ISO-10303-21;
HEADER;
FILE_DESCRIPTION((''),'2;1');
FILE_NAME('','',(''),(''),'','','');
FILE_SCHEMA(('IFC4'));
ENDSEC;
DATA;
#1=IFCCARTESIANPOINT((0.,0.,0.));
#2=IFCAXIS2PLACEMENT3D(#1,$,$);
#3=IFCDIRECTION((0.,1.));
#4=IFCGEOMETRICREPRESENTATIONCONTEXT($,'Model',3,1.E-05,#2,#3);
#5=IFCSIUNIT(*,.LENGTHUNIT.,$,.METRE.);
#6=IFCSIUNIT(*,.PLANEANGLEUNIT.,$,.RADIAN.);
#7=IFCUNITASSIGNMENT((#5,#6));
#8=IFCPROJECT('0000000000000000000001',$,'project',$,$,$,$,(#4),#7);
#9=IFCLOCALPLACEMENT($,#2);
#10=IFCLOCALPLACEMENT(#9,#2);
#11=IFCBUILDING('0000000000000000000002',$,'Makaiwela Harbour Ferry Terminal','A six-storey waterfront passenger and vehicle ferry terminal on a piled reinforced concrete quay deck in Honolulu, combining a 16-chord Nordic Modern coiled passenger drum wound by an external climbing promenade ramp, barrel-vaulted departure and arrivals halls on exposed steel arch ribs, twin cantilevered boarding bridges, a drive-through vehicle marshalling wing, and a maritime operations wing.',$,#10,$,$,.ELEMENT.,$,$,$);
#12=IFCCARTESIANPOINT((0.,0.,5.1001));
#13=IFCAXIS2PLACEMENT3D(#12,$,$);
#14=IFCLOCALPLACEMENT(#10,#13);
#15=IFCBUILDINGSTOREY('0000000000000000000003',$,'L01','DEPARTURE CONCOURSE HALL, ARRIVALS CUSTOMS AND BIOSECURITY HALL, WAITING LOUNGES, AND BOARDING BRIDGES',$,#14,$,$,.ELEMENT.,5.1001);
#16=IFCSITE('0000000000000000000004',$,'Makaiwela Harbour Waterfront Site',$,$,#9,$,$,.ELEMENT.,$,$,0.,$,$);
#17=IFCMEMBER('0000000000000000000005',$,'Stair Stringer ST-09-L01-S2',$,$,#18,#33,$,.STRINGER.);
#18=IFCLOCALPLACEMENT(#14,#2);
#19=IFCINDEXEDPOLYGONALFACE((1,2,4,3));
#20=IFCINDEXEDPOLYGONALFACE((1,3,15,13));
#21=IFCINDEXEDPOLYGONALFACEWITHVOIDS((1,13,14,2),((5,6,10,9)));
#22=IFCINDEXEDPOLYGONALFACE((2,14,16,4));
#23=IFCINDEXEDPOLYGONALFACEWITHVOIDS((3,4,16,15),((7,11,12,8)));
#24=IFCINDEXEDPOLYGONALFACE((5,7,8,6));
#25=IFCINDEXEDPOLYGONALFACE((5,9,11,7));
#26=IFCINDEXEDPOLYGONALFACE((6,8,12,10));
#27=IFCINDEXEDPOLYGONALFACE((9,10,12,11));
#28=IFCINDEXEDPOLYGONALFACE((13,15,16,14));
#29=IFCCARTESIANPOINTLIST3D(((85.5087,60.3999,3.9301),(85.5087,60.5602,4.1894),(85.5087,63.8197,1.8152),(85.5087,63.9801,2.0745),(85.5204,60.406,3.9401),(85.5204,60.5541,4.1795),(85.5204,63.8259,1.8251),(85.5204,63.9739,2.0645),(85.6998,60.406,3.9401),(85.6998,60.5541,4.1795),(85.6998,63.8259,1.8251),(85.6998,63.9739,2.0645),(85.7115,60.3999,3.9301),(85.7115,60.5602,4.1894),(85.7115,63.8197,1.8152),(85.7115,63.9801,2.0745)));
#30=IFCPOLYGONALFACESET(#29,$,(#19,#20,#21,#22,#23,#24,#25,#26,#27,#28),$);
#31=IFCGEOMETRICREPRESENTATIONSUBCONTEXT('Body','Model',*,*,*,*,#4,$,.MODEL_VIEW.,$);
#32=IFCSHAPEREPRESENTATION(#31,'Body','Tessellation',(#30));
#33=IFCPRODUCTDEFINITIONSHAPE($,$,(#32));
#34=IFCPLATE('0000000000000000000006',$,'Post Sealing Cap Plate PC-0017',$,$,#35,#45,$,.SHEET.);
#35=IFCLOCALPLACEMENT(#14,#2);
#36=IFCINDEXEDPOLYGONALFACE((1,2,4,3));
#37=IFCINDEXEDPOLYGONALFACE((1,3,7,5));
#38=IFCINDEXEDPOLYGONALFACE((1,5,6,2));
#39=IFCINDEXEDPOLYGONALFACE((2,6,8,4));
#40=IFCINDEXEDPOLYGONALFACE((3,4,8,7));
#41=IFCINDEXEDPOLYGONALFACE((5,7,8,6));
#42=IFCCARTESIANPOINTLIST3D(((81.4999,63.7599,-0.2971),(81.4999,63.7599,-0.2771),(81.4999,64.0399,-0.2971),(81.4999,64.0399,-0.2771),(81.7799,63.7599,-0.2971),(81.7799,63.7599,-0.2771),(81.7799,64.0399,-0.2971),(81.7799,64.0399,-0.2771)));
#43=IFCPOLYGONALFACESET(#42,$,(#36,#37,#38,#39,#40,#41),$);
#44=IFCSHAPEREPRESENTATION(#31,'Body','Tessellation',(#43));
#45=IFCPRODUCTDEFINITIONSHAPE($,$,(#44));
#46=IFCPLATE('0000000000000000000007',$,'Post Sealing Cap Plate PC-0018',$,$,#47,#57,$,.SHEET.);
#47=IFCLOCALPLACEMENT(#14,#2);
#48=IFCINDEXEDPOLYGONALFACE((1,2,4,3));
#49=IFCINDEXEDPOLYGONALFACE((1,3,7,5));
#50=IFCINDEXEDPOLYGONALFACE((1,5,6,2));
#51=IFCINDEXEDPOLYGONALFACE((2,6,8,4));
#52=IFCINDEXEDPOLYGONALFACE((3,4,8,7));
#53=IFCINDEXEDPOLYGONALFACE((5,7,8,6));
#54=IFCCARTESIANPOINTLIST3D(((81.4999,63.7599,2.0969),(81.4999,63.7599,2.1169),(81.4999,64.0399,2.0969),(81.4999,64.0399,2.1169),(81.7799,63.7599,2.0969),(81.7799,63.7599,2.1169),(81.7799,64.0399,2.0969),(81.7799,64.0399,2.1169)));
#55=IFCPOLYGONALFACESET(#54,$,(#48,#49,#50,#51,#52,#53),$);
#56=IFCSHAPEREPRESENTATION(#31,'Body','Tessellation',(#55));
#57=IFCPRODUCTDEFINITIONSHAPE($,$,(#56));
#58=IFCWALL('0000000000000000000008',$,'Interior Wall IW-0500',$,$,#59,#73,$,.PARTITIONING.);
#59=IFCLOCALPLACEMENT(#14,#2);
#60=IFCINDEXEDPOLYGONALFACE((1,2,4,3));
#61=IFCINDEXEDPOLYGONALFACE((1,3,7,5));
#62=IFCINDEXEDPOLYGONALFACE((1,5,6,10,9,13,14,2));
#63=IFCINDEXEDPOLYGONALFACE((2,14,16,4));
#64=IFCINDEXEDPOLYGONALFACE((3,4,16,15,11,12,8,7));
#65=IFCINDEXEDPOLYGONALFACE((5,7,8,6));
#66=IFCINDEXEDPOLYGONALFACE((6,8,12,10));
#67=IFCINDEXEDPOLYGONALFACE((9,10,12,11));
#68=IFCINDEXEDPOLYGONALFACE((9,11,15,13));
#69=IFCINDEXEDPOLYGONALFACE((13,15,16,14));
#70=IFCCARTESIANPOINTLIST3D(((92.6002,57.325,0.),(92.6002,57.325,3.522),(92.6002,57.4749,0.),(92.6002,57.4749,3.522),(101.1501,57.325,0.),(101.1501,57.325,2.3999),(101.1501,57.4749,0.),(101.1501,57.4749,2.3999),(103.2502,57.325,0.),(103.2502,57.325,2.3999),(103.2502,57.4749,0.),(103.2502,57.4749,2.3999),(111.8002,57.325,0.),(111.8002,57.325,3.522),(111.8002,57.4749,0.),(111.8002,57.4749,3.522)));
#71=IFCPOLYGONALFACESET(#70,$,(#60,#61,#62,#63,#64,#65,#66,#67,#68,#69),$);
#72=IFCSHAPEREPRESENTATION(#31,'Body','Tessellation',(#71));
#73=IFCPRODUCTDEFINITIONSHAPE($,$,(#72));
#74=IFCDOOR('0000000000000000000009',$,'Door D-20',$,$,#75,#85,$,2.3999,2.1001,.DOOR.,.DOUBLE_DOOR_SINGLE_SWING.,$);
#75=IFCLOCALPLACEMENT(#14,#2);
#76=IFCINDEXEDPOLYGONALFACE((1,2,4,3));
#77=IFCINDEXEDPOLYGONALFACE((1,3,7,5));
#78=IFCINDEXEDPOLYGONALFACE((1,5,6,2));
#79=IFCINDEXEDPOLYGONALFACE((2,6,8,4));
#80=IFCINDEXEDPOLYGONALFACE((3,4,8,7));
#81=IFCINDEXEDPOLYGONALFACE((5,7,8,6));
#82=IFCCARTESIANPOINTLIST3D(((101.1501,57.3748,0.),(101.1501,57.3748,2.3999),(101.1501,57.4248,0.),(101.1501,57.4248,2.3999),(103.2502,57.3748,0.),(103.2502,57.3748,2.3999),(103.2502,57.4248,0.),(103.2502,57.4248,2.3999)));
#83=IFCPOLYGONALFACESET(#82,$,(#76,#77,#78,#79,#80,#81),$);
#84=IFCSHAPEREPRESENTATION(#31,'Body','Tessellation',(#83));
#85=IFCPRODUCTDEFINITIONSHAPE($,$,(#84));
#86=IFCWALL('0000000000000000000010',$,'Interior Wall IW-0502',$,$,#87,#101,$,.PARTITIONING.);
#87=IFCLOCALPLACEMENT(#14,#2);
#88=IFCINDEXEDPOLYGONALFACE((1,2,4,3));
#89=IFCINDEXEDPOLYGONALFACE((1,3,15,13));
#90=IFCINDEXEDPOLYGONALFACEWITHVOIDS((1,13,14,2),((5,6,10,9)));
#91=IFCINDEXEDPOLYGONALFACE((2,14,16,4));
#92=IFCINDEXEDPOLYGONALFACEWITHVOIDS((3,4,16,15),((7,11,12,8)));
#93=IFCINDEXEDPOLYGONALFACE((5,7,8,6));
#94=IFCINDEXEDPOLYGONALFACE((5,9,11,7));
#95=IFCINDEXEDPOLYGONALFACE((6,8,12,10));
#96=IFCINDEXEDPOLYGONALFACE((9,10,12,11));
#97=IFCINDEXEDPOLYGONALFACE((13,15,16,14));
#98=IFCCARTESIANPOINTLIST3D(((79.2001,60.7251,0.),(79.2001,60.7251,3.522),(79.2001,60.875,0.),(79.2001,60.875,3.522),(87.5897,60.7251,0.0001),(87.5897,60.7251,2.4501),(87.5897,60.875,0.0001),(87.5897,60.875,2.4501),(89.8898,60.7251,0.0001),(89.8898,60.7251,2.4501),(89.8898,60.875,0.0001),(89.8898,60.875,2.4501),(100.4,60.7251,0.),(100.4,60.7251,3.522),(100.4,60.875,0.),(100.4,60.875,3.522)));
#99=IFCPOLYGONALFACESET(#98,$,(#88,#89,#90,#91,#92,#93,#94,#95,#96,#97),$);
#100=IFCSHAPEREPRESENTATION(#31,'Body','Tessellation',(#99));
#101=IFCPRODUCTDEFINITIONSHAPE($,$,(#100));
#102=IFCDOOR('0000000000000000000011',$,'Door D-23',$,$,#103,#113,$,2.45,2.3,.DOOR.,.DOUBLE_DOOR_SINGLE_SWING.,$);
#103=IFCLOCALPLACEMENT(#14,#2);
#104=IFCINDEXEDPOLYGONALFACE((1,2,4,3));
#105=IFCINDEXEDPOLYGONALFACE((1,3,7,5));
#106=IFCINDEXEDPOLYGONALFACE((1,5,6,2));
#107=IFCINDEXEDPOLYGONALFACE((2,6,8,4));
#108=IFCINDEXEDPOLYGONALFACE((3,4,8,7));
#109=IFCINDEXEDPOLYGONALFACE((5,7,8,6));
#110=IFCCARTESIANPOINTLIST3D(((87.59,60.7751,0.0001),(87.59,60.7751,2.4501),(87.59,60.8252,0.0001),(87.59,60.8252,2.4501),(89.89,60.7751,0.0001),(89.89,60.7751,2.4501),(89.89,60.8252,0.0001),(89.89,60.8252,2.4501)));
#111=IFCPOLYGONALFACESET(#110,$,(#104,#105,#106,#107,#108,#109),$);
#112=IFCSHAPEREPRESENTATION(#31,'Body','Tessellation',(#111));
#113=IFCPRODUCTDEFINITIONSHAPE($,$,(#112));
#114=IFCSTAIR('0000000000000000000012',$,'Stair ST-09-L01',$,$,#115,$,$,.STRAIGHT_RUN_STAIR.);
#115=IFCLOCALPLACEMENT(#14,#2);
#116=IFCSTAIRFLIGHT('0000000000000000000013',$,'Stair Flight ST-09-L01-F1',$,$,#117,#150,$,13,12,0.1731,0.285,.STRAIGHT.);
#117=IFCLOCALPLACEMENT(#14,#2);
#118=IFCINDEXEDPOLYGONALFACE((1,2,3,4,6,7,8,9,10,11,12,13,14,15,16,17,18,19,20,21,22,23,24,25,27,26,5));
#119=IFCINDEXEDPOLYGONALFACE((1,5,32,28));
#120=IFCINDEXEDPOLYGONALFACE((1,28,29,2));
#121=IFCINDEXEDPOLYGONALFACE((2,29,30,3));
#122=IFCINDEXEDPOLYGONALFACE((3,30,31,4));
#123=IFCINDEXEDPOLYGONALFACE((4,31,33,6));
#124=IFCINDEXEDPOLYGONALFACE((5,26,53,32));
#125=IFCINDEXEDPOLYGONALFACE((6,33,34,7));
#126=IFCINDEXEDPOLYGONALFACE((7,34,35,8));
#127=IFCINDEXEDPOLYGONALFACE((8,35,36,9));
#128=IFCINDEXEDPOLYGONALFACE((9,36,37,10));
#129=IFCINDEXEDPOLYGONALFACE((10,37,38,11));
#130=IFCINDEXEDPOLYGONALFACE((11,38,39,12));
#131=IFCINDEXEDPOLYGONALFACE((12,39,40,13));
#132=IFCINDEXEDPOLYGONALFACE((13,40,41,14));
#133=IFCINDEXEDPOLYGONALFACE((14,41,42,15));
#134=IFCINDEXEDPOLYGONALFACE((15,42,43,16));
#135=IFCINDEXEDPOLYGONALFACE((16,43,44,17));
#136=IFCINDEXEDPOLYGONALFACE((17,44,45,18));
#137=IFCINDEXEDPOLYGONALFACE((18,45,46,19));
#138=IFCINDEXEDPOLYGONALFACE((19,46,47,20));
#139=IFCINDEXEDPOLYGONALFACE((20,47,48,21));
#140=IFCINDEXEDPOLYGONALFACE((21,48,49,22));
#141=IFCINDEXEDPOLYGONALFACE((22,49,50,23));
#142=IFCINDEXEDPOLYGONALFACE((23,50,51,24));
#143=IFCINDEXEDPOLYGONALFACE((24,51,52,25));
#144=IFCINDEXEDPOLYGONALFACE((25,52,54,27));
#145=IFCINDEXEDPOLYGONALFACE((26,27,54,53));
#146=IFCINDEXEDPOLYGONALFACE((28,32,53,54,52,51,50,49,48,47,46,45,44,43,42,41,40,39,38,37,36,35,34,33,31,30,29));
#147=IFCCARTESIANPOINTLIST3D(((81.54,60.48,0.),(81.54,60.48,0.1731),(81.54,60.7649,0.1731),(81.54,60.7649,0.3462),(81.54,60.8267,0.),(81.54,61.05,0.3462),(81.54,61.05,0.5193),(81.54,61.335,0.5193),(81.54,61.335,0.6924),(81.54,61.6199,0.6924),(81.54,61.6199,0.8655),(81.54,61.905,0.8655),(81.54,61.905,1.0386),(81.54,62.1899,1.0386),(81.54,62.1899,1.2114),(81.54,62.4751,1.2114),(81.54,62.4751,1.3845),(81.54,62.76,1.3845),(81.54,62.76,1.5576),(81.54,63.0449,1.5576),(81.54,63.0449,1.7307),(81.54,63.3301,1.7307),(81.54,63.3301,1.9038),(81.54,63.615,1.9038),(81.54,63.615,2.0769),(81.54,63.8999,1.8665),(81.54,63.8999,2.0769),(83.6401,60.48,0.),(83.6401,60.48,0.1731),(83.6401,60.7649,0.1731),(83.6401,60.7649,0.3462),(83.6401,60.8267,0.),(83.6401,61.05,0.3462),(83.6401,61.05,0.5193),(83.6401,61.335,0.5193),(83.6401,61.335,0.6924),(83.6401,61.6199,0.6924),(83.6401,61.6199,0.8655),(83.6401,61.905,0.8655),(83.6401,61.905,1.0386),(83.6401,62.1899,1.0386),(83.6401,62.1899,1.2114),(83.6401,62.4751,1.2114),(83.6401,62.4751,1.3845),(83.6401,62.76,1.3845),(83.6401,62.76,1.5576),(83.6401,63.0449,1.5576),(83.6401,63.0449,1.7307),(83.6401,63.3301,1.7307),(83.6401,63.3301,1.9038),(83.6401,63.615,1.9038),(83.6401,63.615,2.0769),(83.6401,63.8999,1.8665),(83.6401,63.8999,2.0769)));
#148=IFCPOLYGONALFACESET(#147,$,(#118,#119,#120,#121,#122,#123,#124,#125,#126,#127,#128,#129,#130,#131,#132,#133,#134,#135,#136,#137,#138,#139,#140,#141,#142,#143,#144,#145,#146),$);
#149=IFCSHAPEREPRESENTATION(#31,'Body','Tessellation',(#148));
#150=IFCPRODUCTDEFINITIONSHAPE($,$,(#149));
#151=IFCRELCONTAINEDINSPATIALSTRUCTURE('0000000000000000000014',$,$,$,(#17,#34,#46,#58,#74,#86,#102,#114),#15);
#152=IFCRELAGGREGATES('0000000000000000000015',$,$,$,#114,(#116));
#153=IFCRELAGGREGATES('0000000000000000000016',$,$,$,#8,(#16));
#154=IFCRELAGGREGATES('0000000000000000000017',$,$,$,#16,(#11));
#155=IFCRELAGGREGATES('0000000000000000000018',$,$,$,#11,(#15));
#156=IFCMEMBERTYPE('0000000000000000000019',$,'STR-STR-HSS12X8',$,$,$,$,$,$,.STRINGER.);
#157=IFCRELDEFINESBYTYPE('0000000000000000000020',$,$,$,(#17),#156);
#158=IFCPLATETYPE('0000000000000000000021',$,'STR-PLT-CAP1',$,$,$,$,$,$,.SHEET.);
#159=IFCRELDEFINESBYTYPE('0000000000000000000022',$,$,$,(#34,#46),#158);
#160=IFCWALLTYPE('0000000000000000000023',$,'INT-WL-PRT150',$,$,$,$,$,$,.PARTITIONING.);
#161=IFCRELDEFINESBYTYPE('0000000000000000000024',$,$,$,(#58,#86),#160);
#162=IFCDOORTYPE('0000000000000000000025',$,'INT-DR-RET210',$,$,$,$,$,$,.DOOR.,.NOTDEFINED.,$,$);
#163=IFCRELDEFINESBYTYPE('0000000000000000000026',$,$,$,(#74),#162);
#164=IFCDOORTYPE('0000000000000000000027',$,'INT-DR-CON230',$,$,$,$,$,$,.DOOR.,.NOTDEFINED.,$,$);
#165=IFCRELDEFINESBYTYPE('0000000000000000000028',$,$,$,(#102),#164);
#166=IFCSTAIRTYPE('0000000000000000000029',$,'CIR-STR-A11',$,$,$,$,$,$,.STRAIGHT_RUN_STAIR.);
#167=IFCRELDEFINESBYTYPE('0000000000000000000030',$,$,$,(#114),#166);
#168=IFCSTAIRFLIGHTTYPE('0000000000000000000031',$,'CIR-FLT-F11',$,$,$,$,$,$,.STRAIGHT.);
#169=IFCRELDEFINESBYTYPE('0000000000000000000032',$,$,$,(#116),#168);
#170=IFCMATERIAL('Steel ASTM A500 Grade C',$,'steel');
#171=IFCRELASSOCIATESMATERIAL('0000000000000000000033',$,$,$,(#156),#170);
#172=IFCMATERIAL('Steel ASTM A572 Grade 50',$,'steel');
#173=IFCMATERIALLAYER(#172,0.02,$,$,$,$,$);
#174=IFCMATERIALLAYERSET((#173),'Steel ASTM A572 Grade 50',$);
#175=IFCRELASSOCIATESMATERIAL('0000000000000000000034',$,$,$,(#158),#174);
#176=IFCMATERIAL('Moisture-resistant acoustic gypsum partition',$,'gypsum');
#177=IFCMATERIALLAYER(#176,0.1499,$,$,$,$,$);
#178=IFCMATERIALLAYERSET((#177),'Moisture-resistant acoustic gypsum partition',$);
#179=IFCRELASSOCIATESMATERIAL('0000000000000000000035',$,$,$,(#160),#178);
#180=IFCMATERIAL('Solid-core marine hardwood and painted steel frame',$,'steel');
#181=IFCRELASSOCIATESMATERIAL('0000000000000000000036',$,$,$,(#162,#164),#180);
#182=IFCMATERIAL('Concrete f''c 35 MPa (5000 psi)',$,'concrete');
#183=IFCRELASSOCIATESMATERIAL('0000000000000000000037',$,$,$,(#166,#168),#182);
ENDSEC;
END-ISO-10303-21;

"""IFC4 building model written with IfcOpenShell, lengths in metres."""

from ifc_helpers import new_model, si_unit, direction, frame, frame_2d, origin, origin_2d, place, context, subcontext, project, spatial, polyline, rectangle, hollow_rectangle, outline, extrude, material, layer, layer_set, material_profile, profile_set, type_object, element, fill, aggregate, save


model = new_model("IFC4")

# Units and contexts
model_context = context("Model", 3, precision=1e-05, world=origin(), true_north=direction((0.0, 1.0)))
body_context = subcontext(model_context, "Body", "Model", "MODEL_VIEW")
ifc_project = project(units=[si_unit("LENGTHUNIT", "METRE"), si_unit("PLANEANGLEUNIT", "RADIAN")], contexts=[model_context])

# Site, building, storey
site_placement = place(None, origin())
site = spatial("IfcSite", under=ifc_project, at=site_placement, Name="Makaiwela Harbour Waterfront Site", CompositionType="ELEMENT", RefElevation=0.0)
building_placement = place(site_placement, origin())
building = spatial("IfcBuilding", under=site, at=building_placement, Name="Makaiwela Harbour Ferry Terminal", Description="A six-storey waterfront passenger and vehicle ferry terminal on a piled reinforced concrete quay deck in Honolulu, combining a 16-chord Nordic Modern coiled passenger drum wound by an external climbing promenade ramp, barrel-vaulted departure and arrivals halls on exposed steel arch ribs, twin cantilevered boarding bridges, a drive-through vehicle marshalling wing, and a maritime operations wing.", CompositionType="ELEMENT")
storey_placement = place(building_placement, frame((0.0, 0.0, 5.1001)))
storey = spatial("IfcBuildingStorey", under=building, at=storey_placement, Name="L01", Description="DEPARTURE CONCOURSE HALL, ARRIVALS CUSTOMS AND BIOSECURITY HALL, WAITING LOUNGES, AND BOARDING BRIDGES", CompositionType="ELEMENT", Elevation=5.1001)

# Member
ifc_material_1 = material(Name="Steel ASTM A500 Grade C", Category="steel")
ifc_material_profile_1 = material_profile(ifc_material_1, hollow_rectangle(XDim=0.2029, YDim=0.3049, WallThickness=0.0117, at=origin_2d()), Name="HSS12X8X1/2")
ifc_profile_set_1 = profile_set([ifc_material_profile_1], Name="Steel ASTM A500 Grade C")
member_type_1 = type_object("IfcMemberType", Name="STR-STR-HSS12X8", PredefinedType="STRINGER", material=ifc_profile_set_1)
member_1_placement = place(storey_placement, frame((85.6101, 63.8999, 1.9448), z_axis=(0.0, -0.850499, 0.525976), x_axis=(1.0, 0.0, 0.0)))
element("IfcMember", 1, at=member_1_placement, inside=storey, type_object=member_type_1, Name="Stair Stringer ST-09-L01-S2", PredefinedType="STRINGER", context=body_context, shape_type="SweptSolid", body=[
    extrude(hollow_rectangle(XDim=0.2029, YDim=0.3049, WallThickness=0.0117, at=origin_2d()), origin(), (0.0, 0.0, 1.0), 4.021),
])

# Plates
ifc_material_2 = material(Name="Steel ASTM A572 Grade 50", Category="steel")
ifc_layer_1 = layer(ifc_material_2, 0.02)
ifc_layer_set_1 = layer_set([ifc_layer_1], Name="Steel ASTM A572 Grade 50")
plate_type = type_object("IfcPlateType", Name="STR-PLT-CAP1", PredefinedType="SHEET", material=ifc_layer_set_1)
for number, where, z_axis, x_axis, name in (
    (2, (81.6399, 63.8999, -0.2971), (0.0, 0.0, 1.0), (1.0, 0.0, 0.0), "Post Sealing Cap Plate PC-0017"),
    (3, (81.6399, 63.8999, 2.0969), (0.0, 0.0, 1.0), (1.0, 0.0, 0.0), "Post Sealing Cap Plate PC-0018"),
):
    element("IfcPlate", number, at=place(storey_placement, frame(where, z_axis=z_axis, x_axis=x_axis)), inside=storey, type_object=plate_type, Name=name, PredefinedType="SHEET", context=body_context, shape_type="SweptSolid", body=[
        extrude(rectangle(XDim=0.28, YDim=0.28, at=origin_2d()), origin(), (0.0, 0.0, 1.0), 0.02),
    ])

# Walls, openings, doors
ifc_material_3 = material(Name="Moisture-resistant acoustic gypsum partition", Category="gypsum")
ifc_layer_2 = layer(ifc_material_3, 0.1499)
ifc_layer_set_2 = layer_set([ifc_layer_2], Name="Moisture-resistant acoustic gypsum partition")
wall_type = type_object("IfcWallType", Name="INT-WL-PRT150", PredefinedType="PARTITIONING", material=ifc_layer_set_2)
wall_1_placement = place(storey_placement, frame((92.6001, 57.3999, 0.0), z_axis=(0.0, 0.0, 1.0), x_axis=(1.0, 0.0, 0.0)))
wall_1 = element("IfcWall", 4, at=wall_1_placement, inside=storey, type_object=wall_type, Name="Interior Wall IW-0500", PredefinedType="PARTITIONING", context=body_context, shape_type="SweptSolid", body=[
    extrude(rectangle(XDim=19.2, YDim=0.1499, at=frame_2d((9.6001, 0.0))), origin(), (0.0, 0.0, 1.0), 3.522),
])
opening_1_placement = place(wall_1_placement, frame((8.55, 0.0, 0.0)))
opening_1 = element("IfcOpeningElement", 5, at=opening_1_placement, cuts=wall_1, PredefinedType="OPENING", context=body_context, shape_type="SweptSolid", body=[
    extrude(rectangle(XDim=2.1001, YDim=2.3999, at=frame_2d((1.05, 1.2))), frame((0.0, 0.085, 0.0), z_axis=(0.0, -1.0, 0.0), x_axis=(1.0, 0.0, 0.0)), (0.0, 0.0, 1.0), 0.1699),
])
ifc_material_4 = material(Name="Solid-core marine hardwood and painted steel frame", Category="steel")
door_type_1 = type_object("IfcDoorType", Name="INT-DR-RET210", OperationType="NOTDEFINED", PredefinedType="DOOR", material=ifc_material_4)
door_1_placement = place(opening_1_placement, origin())
door_1 = element("IfcDoor", 6, at=door_1_placement, inside=storey, type_object=door_type_1, Name="Door D-20", OperationType="DOUBLE_DOOR_SINGLE_SWING", OverallHeight=2.3999, OverallWidth=2.1001, PredefinedType="DOOR", context=body_context, shape_type="SweptSolid", body=[
    extrude(rectangle(XDim=2.1001, YDim=2.3999, at=frame_2d((1.05, 1.2))), frame((0.0, 0.0249, 0.0), z_axis=(0.0, -1.0, 0.0), x_axis=(1.0, 0.0, 0.0)), (0.0, 0.0, 1.0), 0.05),
])
fill(opening_1, door_1)
wall_2_placement = place(storey_placement, frame((79.2, 60.8, 0.0), z_axis=(0.0, 0.0, 1.0), x_axis=(1.0, 0.0, 0.0)))
wall_2 = element("IfcWall", 7, at=wall_2_placement, inside=storey, type_object=wall_type, Name="Interior Wall IW-0502", PredefinedType="PARTITIONING", context=body_context, shape_type="SweptSolid", body=[
    extrude(rectangle(XDim=21.2, YDim=0.1499, at=frame_2d((10.6001, 0.0))), origin(), (0.0, 0.0, 1.0), 3.522),
])
opening_2_placement = place(wall_2_placement, frame((8.3899, 0.0, 0.0)))
opening_2 = element("IfcOpeningElement", 8, at=opening_2_placement, cuts=wall_2, PredefinedType="OPENING", context=body_context, shape_type="SweptSolid", body=[
    extrude(rectangle(XDim=2.3, YDim=2.45, at=frame_2d((1.1499, 1.2251))), frame((0.0, 0.085, 0.0), z_axis=(0.0, -1.0, 0.0), x_axis=(1.0, 0.0, 0.0)), (0.0, 0.0, 1.0), 0.1699),
])
door_type_2 = type_object("IfcDoorType", Name="INT-DR-CON230", OperationType="NOTDEFINED", PredefinedType="DOOR", material=ifc_material_4)
door_2_placement = place(opening_2_placement, frame((2.3, 0.0, 0.0), z_axis=(0.0, 0.0, 1.0), x_axis=(-1.0, 0.0, 0.0)))
door_2 = element("IfcDoor", 9, at=door_2_placement, inside=storey, type_object=door_type_2, Name="Door D-23", OperationType="DOUBLE_DOOR_SINGLE_SWING", OverallHeight=2.45, OverallWidth=2.3, PredefinedType="DOOR", context=body_context, shape_type="SweptSolid", body=[
    extrude(rectangle(XDim=2.3, YDim=2.45, at=frame_2d((1.1499, 1.2251))), frame((0.0, 0.0249, 0.0), z_axis=(0.0, -1.0, 0.0), x_axis=(1.0, 0.0, 0.0)), (0.0, 0.0, 1.0), 0.05),
])
fill(opening_2, door_2)

# Stair, stair flight
ifc_material_5 = material(Name="Concrete f'c 35 MPa (5000 psi)", Category="concrete")
stair_type = type_object("IfcStairType", Name="CIR-STR-A11", PredefinedType="STRAIGHT_RUN_STAIR", material=ifc_material_5)
stair_placement = place(storey_placement, origin())
stair = element("IfcStair", 10, at=stair_placement, inside=storey, type_object=stair_type, Name="Stair ST-09-L01", PredefinedType="STRAIGHT_RUN_STAIR")
stair_flight_type = type_object("IfcStairFlightType", Name="CIR-FLT-F11", PredefinedType="STRAIGHT", material=ifc_material_5)
stair_flight_1_placement = place(storey_placement, frame((82.5901, 60.48, 0.0), z_axis=(0.0, 0.0, 1.0), x_axis=(0.0, 1.0, 0.0)))
stair_flight_1 = element("IfcStairFlight", 11, at=stair_flight_1_placement, type_object=stair_flight_type, Name="Stair Flight ST-09-L01-F1", NumberOfRisers=13, NumberOfTreads=12, PredefinedType="STRAIGHT", RiserHeight=0.1731, TreadLength=0.285, context=body_context, shape_type="SweptSolid", body=[
    extrude(outline(polyline([(0.0, 0.0), (0.0, 0.1731), (0.2849, 0.1731), (0.2849, 0.3462), (0.5701, 0.3462), (0.5701, 0.5193), (0.855, 0.5193), (0.855, 0.6924), (1.1399, 0.6924), (1.1399, 0.8655), (1.425, 0.8655), (1.425, 1.0386), (1.71, 1.0386), (1.71, 1.2114), (1.9951, 1.2114), (1.9951, 1.3845), (2.28, 1.3845), (2.28, 1.5576), (2.5649, 1.5576), (2.5649, 1.7307), (2.8501, 1.7307), (2.8501, 1.9038), (3.135, 1.9038), (3.135, 2.0769), (3.4199, 2.0769), (3.4199, 2.25), (3.4199, 1.8665), (0.3467, 0.0), (0.0, 0.0)])), frame((0.0, 1.05, 0.0), z_axis=(0.0, -1.0, 0.0), x_axis=(1.0, 0.0, 0.0)), (0.0, 0.0, 1.0), 2.1001),
])
aggregate(stair, [stair_flight_1])

save(model, "model.ifc")
